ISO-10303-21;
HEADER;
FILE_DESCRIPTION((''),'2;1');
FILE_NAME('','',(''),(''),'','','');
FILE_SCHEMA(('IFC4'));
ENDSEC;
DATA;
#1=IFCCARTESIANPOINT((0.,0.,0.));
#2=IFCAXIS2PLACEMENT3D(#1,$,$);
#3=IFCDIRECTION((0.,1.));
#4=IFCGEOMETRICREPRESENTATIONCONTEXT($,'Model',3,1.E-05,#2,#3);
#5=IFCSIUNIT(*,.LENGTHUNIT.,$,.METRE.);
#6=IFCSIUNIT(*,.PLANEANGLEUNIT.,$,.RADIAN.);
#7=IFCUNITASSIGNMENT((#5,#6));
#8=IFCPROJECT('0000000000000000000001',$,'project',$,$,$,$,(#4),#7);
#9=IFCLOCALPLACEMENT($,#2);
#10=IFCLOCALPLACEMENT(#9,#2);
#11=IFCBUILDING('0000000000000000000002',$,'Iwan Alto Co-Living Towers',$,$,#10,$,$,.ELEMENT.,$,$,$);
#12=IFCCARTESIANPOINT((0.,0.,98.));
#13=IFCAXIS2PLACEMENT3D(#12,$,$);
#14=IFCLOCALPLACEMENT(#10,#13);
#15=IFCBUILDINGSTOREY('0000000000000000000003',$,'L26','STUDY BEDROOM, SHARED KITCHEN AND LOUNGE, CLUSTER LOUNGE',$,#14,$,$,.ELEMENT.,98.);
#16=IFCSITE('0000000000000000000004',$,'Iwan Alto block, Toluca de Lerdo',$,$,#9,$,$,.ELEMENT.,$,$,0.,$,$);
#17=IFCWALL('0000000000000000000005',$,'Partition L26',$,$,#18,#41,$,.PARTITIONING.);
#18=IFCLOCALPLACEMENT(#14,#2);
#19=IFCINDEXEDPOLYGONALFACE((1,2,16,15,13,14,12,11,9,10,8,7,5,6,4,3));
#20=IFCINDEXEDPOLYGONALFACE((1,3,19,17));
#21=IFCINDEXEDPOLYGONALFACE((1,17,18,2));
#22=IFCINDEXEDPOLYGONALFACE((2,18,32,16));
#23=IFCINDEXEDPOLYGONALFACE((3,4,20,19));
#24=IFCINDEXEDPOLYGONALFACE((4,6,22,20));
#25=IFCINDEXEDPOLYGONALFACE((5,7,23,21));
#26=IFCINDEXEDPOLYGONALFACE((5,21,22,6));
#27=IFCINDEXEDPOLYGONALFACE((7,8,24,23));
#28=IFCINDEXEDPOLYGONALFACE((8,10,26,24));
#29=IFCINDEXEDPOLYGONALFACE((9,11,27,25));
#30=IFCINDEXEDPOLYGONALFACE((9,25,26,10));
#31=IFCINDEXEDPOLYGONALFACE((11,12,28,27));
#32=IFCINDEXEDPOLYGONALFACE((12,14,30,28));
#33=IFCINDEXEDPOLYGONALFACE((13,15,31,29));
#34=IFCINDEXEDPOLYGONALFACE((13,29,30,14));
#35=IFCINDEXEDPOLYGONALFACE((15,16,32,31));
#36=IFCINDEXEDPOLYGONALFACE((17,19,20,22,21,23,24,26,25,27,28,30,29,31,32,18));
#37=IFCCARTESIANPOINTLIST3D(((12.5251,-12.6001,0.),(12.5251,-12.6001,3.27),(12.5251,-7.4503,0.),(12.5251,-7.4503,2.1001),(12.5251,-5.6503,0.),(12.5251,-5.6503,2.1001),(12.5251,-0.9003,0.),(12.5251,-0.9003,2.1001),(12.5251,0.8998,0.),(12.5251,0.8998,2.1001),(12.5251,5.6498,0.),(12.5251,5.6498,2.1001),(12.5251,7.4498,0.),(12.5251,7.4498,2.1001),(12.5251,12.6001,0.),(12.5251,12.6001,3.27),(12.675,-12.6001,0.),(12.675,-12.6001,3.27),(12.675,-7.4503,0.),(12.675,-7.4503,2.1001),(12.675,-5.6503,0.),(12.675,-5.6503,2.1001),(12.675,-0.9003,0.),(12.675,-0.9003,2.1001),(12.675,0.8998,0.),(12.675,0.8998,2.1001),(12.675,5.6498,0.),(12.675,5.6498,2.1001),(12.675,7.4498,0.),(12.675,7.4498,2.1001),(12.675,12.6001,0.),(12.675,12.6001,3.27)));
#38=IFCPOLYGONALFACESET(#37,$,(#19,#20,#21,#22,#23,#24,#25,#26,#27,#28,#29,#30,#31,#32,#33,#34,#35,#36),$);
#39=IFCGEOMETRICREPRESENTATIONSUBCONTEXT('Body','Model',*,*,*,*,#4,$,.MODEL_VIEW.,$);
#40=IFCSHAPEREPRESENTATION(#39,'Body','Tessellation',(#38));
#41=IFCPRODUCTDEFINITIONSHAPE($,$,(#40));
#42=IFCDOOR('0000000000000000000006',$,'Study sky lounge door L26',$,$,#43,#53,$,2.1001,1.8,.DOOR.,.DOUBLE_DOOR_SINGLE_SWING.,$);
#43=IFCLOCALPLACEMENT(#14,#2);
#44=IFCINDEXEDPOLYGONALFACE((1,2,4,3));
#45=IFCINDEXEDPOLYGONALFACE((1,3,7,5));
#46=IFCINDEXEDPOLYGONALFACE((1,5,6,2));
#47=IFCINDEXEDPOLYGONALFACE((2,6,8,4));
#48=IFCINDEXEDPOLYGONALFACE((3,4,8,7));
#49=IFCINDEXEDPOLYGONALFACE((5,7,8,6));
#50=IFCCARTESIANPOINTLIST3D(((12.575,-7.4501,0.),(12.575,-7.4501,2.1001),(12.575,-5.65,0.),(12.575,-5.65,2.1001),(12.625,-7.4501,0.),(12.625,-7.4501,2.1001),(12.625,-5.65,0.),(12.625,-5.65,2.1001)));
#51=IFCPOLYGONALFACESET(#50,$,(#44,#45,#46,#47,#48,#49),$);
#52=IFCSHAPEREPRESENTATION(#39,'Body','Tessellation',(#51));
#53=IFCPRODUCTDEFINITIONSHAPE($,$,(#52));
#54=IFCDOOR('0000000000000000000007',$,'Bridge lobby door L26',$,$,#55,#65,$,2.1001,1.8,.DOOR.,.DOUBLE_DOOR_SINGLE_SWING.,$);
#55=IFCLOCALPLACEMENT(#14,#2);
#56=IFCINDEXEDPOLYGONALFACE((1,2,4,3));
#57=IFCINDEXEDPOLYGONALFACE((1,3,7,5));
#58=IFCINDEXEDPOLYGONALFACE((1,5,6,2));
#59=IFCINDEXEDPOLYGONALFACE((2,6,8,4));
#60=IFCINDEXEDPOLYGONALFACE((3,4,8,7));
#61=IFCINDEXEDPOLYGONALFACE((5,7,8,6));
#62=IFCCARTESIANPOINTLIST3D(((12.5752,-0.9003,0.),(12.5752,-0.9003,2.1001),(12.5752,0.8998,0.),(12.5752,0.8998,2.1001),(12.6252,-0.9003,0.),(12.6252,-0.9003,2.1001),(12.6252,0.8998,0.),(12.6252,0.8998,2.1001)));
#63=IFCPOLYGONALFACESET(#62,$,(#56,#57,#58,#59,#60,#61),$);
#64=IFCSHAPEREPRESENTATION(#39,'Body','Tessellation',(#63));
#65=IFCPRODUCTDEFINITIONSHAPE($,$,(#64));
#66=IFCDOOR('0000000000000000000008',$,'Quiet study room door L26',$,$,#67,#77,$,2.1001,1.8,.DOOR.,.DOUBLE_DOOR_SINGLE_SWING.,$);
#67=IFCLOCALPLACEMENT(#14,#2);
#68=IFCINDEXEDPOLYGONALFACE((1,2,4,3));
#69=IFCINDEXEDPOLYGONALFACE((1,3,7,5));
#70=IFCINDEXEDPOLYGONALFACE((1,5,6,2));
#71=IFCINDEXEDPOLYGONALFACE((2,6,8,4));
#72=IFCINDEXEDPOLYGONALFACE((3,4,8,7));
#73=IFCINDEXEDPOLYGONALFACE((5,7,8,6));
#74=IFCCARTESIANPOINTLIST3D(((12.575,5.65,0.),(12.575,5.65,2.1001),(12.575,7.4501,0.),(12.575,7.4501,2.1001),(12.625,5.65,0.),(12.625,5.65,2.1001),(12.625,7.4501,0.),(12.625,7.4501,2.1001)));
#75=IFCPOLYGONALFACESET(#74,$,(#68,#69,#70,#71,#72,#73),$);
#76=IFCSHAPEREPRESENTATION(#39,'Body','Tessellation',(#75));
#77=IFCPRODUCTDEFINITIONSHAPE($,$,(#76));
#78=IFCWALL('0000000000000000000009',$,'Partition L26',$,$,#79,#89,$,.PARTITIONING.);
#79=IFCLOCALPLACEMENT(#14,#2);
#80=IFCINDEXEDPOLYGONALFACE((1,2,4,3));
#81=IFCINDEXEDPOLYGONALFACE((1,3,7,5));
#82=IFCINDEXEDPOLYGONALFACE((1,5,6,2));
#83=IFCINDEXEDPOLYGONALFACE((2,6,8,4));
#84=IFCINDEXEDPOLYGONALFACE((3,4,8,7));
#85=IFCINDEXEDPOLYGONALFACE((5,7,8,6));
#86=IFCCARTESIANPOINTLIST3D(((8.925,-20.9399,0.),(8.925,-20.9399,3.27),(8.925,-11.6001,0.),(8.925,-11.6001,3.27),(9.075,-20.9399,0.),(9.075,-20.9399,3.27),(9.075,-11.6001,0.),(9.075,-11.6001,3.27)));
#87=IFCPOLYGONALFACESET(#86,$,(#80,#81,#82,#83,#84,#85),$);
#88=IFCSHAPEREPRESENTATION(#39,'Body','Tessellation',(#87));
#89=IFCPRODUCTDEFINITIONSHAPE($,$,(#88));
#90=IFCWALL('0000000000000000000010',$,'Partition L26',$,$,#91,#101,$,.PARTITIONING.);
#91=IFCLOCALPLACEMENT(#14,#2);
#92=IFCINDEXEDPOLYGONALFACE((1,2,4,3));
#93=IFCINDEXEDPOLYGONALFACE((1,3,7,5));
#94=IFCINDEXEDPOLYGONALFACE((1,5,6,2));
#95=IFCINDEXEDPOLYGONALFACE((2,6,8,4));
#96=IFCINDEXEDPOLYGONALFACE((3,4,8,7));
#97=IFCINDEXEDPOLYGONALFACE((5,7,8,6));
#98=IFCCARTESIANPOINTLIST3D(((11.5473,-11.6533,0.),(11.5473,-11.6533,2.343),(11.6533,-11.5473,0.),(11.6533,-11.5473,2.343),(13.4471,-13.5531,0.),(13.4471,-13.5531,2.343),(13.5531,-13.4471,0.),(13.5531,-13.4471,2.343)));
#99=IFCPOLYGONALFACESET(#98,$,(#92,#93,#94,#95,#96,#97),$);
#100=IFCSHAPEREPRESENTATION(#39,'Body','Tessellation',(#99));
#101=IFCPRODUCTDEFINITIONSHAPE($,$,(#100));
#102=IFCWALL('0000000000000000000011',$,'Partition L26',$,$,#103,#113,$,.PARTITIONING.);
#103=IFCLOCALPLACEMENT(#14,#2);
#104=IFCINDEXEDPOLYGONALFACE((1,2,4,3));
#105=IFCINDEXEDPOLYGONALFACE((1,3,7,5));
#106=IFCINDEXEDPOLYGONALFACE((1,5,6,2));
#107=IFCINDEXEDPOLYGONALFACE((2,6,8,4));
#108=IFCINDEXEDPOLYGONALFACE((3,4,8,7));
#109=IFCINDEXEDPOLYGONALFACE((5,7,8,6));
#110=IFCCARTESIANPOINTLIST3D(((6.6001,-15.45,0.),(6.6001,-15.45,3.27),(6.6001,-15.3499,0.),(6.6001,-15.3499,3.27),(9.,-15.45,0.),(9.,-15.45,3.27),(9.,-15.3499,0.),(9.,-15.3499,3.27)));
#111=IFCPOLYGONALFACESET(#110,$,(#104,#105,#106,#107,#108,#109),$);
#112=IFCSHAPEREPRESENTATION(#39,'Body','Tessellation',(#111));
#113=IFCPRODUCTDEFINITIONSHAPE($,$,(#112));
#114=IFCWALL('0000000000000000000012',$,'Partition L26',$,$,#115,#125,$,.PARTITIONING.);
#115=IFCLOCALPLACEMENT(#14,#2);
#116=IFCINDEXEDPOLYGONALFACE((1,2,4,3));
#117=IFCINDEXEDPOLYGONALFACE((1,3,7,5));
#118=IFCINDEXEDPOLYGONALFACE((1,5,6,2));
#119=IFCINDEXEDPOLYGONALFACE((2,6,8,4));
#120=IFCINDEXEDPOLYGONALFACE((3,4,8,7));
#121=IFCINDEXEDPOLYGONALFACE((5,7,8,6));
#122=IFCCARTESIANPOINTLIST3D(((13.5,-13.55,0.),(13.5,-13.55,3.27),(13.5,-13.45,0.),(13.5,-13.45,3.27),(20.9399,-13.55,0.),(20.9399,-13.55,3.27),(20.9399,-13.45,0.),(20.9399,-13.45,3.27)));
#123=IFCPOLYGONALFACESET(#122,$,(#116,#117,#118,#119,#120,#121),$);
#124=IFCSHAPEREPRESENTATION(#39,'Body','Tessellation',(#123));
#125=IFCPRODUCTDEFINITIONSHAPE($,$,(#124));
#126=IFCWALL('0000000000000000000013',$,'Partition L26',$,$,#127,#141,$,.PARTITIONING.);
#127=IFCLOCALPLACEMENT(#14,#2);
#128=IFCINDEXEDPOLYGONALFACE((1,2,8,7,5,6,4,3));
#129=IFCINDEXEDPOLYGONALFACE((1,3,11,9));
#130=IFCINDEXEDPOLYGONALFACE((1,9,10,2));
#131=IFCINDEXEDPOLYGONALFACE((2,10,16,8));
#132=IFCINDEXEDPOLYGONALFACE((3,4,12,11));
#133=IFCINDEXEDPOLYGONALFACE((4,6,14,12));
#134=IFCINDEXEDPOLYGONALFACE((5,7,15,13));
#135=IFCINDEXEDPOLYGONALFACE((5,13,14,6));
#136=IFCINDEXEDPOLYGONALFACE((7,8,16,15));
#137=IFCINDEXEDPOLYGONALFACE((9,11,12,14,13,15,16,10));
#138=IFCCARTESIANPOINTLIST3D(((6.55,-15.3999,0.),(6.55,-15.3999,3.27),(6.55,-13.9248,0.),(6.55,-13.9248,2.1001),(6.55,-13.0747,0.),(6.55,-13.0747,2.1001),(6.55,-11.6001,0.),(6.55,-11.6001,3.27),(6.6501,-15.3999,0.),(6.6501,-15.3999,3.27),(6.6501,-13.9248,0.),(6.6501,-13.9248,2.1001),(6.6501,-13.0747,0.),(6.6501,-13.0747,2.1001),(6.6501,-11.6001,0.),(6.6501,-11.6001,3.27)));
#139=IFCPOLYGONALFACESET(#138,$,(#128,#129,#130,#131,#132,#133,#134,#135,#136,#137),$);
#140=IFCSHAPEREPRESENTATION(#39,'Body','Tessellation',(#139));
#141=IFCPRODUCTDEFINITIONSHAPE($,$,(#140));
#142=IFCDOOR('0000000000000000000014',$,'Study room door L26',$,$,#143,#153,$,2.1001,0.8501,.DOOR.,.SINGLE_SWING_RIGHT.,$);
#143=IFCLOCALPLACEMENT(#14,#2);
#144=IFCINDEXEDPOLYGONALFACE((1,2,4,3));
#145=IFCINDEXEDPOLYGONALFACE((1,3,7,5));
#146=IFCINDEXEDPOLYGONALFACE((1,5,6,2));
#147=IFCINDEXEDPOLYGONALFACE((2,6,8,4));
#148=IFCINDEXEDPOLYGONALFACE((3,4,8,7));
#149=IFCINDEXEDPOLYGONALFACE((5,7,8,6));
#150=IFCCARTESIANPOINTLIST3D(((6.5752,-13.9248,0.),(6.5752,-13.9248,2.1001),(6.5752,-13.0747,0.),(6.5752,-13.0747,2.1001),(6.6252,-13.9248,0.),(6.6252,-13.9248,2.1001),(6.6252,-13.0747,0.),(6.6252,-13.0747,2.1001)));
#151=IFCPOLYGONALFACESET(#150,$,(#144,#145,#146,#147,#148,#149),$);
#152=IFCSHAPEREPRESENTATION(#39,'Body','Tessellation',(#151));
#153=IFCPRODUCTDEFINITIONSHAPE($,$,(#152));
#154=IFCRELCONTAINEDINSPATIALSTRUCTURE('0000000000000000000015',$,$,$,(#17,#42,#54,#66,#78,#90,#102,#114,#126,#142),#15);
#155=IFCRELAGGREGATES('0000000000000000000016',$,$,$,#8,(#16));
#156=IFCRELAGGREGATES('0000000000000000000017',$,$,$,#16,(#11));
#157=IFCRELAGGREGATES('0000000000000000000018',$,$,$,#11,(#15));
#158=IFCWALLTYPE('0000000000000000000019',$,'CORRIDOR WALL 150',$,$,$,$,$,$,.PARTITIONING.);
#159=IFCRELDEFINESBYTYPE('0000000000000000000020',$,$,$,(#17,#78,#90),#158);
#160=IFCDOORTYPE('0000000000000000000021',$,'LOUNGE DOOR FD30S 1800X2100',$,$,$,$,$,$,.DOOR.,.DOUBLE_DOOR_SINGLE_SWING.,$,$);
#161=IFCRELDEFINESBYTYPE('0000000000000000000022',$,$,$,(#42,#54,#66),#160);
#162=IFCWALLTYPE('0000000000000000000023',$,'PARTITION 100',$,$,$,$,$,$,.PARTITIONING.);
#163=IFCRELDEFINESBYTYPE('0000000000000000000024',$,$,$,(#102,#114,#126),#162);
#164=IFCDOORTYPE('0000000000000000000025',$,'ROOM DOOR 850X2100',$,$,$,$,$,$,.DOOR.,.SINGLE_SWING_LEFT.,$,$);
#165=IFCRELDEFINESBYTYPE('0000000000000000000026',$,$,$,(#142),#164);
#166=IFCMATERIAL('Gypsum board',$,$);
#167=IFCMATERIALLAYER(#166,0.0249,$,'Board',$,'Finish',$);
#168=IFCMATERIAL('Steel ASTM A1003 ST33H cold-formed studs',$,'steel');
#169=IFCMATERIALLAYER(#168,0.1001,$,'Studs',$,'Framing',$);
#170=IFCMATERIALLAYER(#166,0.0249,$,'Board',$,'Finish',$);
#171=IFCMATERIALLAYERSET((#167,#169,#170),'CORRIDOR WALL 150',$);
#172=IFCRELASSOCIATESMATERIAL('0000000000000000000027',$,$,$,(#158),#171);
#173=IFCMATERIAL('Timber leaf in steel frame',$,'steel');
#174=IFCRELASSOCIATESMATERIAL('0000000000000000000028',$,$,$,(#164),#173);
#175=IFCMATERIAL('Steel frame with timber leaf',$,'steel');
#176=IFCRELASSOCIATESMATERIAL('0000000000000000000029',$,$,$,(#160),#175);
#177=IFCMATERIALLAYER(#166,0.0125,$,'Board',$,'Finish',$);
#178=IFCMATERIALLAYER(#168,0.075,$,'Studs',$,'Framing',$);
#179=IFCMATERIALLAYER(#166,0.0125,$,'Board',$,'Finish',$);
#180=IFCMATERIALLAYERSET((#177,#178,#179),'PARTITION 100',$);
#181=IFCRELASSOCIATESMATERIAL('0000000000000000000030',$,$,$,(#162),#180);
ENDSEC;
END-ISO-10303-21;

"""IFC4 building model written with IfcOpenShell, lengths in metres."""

from ifc_helpers import new_model, si_unit, direction, frame, frame_2d, origin, place, context, subcontext, project, spatial, rectangle, extrude, material, layer, layer_set, type_object, element, fill, save


model = new_model("IFC4")

# Units and contexts
model_context = context("Model", 3, precision=1e-05, world=origin(), true_north=direction((0.0, 1.0)))
body_context = subcontext(model_context, "Body", "Model", "MODEL_VIEW")
ifc_project = project(units=[si_unit("LENGTHUNIT", "METRE"), si_unit("PLANEANGLEUNIT", "RADIAN")], contexts=[model_context])

# Site, building, storey
site_placement = place(None, origin())
site = spatial("IfcSite", under=ifc_project, at=site_placement, Name="Iwan Alto block, Toluca de Lerdo", CompositionType="ELEMENT", RefElevation=0.0)
building_placement = place(site_placement, origin())
building = spatial("IfcBuilding", under=site, at=building_placement, Name="Iwan Alto Co-Living Towers", CompositionType="ELEMENT")
storey_placement = place(building_placement, frame((0.0, 0.0, 98.0)))
storey = spatial("IfcBuildingStorey", under=building, at=storey_placement, Name="L26", Description="STUDY BEDROOM, SHARED KITCHEN AND LOUNGE, CLUSTER LOUNGE", CompositionType="ELEMENT", Elevation=98.0)

# Shared definitions
ifc_material_1 = material(Name="Gypsum board")
ifc_layer_1 = layer(ifc_material_1, 0.0249, Name="Board", Category="Finish")
ifc_material_2 = material(Name="Steel ASTM A1003 ST33H cold-formed studs", Category="steel")
ifc_layer_2 = layer(ifc_material_2, 0.1001, Name="Studs", Category="Framing")
ifc_layer_3 = layer(ifc_material_1, 0.0249, Name="Board", Category="Finish")
ifc_layer_set_1 = layer_set([ifc_layer_1, ifc_layer_2, ifc_layer_3], Name="CORRIDOR WALL 150")
wall_type_1 = type_object("IfcWallType", Name="CORRIDOR WALL 150", PredefinedType="PARTITIONING", material=ifc_layer_set_1)

# Shared definitions
ifc_material_3 = material(Name="Timber leaf in steel frame", Category="steel")
door_type_1 = type_object("IfcDoorType", Name="ROOM DOOR 850X2100", OperationType="SINGLE_SWING_LEFT", PredefinedType="DOOR", material=ifc_material_3)

# Wall, openings, doors
wall_1_placement = place(storey_placement, frame((12.6001, -12.6001, 0.0), z_axis=(0.0, 0.0, 1.0), x_axis=(0.0, 1.0, 0.0)))
wall_1 = element("IfcWall", 1, at=wall_1_placement, inside=storey, type_object=wall_type_1, Name="Partition L26", PredefinedType="PARTITIONING", context=body_context, shape_type="SweptSolid", body=[
    extrude(rectangle(XDim=25.2002, YDim=0.1499, at=frame_2d((12.6001, 0.0))), origin(), (0.0, 0.0, 1.0), 3.27),
])
opening_1_placement = place(wall_1_placement, frame((5.1499, 0.0, 0.0)))
opening_1 = element("IfcOpeningElement", 2, at=opening_1_placement, cuts=wall_1, PredefinedType="OPENING", context=body_context, shape_type="SweptSolid", body=[
    extrude(rectangle(XDim=1.8, YDim=2.1001, at=frame_2d((0.8999, 1.05))), frame((0.0, 0.085, 0.0), z_axis=(0.0, -1.0, 0.0), x_axis=(1.0, 0.0, 0.0)), (0.0, 0.0, 1.0), 0.1699),
])
opening_2_placement = place(wall_1_placement, frame((11.7, 0.0, 0.0)))
opening_2 = element("IfcOpeningElement", 3, at=opening_2_placement, cuts=wall_1, PredefinedType="OPENING", context=body_context, shape_type="SweptSolid", body=[
    extrude(rectangle(XDim=1.8, YDim=2.1001, at=frame_2d((0.8999, 1.05))), frame((0.0, 0.085, 0.0), z_axis=(0.0, -1.0, 0.0), x_axis=(1.0, 0.0, 0.0)), (0.0, 0.0, 1.0), 0.1699),
])
opening_3_placement = place(wall_1_placement, frame((18.25, 0.0, 0.0)))
opening_3 = element("IfcOpeningElement", 4, at=opening_3_placement, cuts=wall_1, PredefinedType="OPENING", context=body_context, shape_type="SweptSolid", body=[
    extrude(rectangle(XDim=1.8, YDim=2.1001, at=frame_2d((0.8999, 1.05))), frame((0.0, 0.085, 0.0), z_axis=(0.0, -1.0, 0.0), x_axis=(1.0, 0.0, 0.0)), (0.0, 0.0, 1.0), 0.1699),
])
ifc_material_4 = material(Name="Steel frame with timber leaf", Category="steel")
door_type_2 = type_object("IfcDoorType", Name="LOUNGE DOOR FD30S 1800X2100", OperationType="DOUBLE_DOOR_SINGLE_SWING", PredefinedType="DOOR", material=ifc_material_4)
door_1_placement = place(opening_1_placement, frame((1.8, 0.0, 0.0), z_axis=(0.0, 0.0, 1.0), x_axis=(-1.0, 0.0, 0.0)))
door_1 = element("IfcDoor", 5, at=door_1_placement, inside=storey, type_object=door_type_2, Name="Study sky lounge door L26", OperationType="DOUBLE_DOOR_SINGLE_SWING", OverallHeight=2.1001, OverallWidth=1.8, PredefinedType="DOOR", context=body_context, shape_type="SweptSolid", body=[
    extrude(rectangle(XDim=1.8, YDim=2.1001, at=frame_2d((0.8999, 1.05))), frame((0.0, 0.0249, 0.0), z_axis=(0.0, -1.0, 0.0), x_axis=(1.0, 0.0, 0.0)), (0.0, 0.0, 1.0), 0.05),
])
fill(opening_1, door_1)
door_2_placement = place(opening_2_placement, origin())
door_2 = element("IfcDoor", 6, at=door_2_placement, inside=storey, type_object=door_type_2, Name="Bridge lobby door L26", OperationType="DOUBLE_DOOR_SINGLE_SWING", OverallHeight=2.1001, OverallWidth=1.8, PredefinedType="DOOR", context=body_context, shape_type="SweptSolid", body=[
    extrude(rectangle(XDim=1.8, YDim=2.1001, at=frame_2d((0.8999, 1.05))), frame((0.0, 0.0249, 0.0), z_axis=(0.0, -1.0, 0.0), x_axis=(1.0, 0.0, 0.0)), (0.0, 0.0, 1.0), 0.05),
])
fill(opening_2, door_2)
door_3_placement = place(opening_3_placement, frame((1.8, 0.0, 0.0), z_axis=(0.0, 0.0, 1.0), x_axis=(-1.0, 0.0, 0.0)))
door_3 = element("IfcDoor", 7, at=door_3_placement, inside=storey, type_object=door_type_2, Name="Quiet study room door L26", OperationType="DOUBLE_DOOR_SINGLE_SWING", OverallHeight=2.1001, OverallWidth=1.8, PredefinedType="DOOR", context=body_context, shape_type="SweptSolid", body=[
    extrude(rectangle(XDim=1.8, YDim=2.1001, at=frame_2d((0.8999, 1.05))), frame((0.0, 0.0249, 0.0), z_axis=(0.0, -1.0, 0.0), x_axis=(1.0, 0.0, 0.0)), (0.0, 0.0, 1.0), 0.05),
])
fill(opening_3, door_3)

# Walls
wall_2_placement = place(storey_placement, frame((9.0, -20.9399, 0.0), z_axis=(0.0, 0.0, 1.0), x_axis=(0.0, 1.0, 0.0)))
element("IfcWall", 8, at=wall_2_placement, inside=storey, type_object=wall_type_1, Name="Partition L26", PredefinedType="PARTITIONING", context=body_context, shape_type="SweptSolid", body=[
    extrude(rectangle(XDim=9.3398, YDim=0.1499, at=frame_2d((4.6699, 0.0))), origin(), (0.0, 0.0, 1.0), 3.27),
])
wall_3_placement = place(storey_placement, frame((13.5, -13.5, 0.0), z_axis=(0.0, 0.0, 1.0), x_axis=(-0.707107, 0.707107, 0.0)))
element("IfcWall", 9, at=wall_3_placement, inside=storey, type_object=wall_type_1, Name="Partition L26", PredefinedType="PARTITIONING", context=body_context, shape_type="SweptSolid", body=[
    extrude(rectangle(XDim=2.6868, YDim=0.1499, at=frame_2d((1.3433, 0.0))), origin(), (0.0, 0.0, 1.0), 2.343),
])
ifc_layer_4 = layer(ifc_material_1, 0.0125, Name="Board", Category="Finish")
ifc_layer_5 = layer(ifc_material_2, 0.075, Name="Studs", Category="Framing")
ifc_layer_6 = layer(ifc_material_1, 0.0125, Name="Board", Category="Finish")
ifc_layer_set_2 = layer_set([ifc_layer_4, ifc_layer_5, ifc_layer_6], Name="PARTITION 100")
wall_type_2 = type_object("IfcWallType", Name="PARTITION 100", PredefinedType="PARTITIONING", material=ifc_layer_set_2)
wall_4_placement = place(storey_placement, frame((6.6001, -15.3999, 0.0), z_axis=(0.0, 0.0, 1.0), x_axis=(1.0, 0.0, 0.0)))
element("IfcWall", 10, at=wall_4_placement, inside=storey, type_object=wall_type_2, Name="Partition L26", PredefinedType="PARTITIONING", context=body_context, shape_type="SweptSolid", body=[
    extrude(rectangle(XDim=2.3999, YDim=0.1001, at=frame_2d((1.2, 0.0))), origin(), (0.0, 0.0, 1.0), 3.27),
])
wall_5_placement = place(storey_placement, frame((13.5, -13.5, 0.0), z_axis=(0.0, 0.0, 1.0), x_axis=(1.0, 0.0, 0.0)))
element("IfcWall", 11, at=wall_5_placement, inside=storey, type_object=wall_type_2, Name="Partition L26", PredefinedType="PARTITIONING", context=body_context, shape_type="SweptSolid", body=[
    extrude(rectangle(XDim=7.4399, YDim=0.1001, at=frame_2d((3.72, 0.0))), origin(), (0.0, 0.0, 1.0), 3.27),
])

# Wall, opening, door
wall_6_placement = place(storey_placement, frame((6.6001, -15.3999, 0.0), z_axis=(0.0, 0.0, 1.0), x_axis=(0.0, 1.0, 0.0)))
wall_6 = element("IfcWall", 12, at=wall_6_placement, inside=storey, type_object=wall_type_2, Name="Partition L26", PredefinedType="PARTITIONING", context=body_context, shape_type="SweptSolid", body=[
    extrude(rectangle(XDim=3.7998, YDim=0.1001, at=frame_2d((1.8999, 0.0))), origin(), (0.0, 0.0, 1.0), 3.27),
])
opening_4_placement = place(wall_6_placement, frame((1.4751, 0.0, 0.0)))
opening_4 = element("IfcOpeningElement", 13, at=opening_4_placement, cuts=wall_6, PredefinedType="OPENING", context=body_context, shape_type="SweptSolid", body=[
    extrude(rectangle(XDim=0.8501, YDim=2.1001, at=frame_2d((0.425, 1.05))), frame((0.0, 0.0601, 0.0), z_axis=(0.0, -1.0, 0.0), x_axis=(1.0, 0.0, 0.0)), (0.0, 0.0, 1.0), 0.1201),
])
door_4_placement = place(opening_4_placement, origin())
door_4 = element("IfcDoor", 14, at=door_4_placement, inside=storey, type_object=door_type_1, Name="Study room door L26", OperationType="SINGLE_SWING_RIGHT", OverallHeight=2.1001, OverallWidth=0.8501, PredefinedType="DOOR", context=body_context, shape_type="SweptSolid", body=[
    extrude(rectangle(XDim=0.8501, YDim=2.1001, at=frame_2d((0.425, 1.05))), frame((0.0, 0.0249, 0.0), z_axis=(0.0, -1.0, 0.0), x_axis=(1.0, 0.0, 0.0)), (0.0, 0.0, 1.0), 0.05),
])
fill(opening_4, door_4)

save(model, "model.ifc")
